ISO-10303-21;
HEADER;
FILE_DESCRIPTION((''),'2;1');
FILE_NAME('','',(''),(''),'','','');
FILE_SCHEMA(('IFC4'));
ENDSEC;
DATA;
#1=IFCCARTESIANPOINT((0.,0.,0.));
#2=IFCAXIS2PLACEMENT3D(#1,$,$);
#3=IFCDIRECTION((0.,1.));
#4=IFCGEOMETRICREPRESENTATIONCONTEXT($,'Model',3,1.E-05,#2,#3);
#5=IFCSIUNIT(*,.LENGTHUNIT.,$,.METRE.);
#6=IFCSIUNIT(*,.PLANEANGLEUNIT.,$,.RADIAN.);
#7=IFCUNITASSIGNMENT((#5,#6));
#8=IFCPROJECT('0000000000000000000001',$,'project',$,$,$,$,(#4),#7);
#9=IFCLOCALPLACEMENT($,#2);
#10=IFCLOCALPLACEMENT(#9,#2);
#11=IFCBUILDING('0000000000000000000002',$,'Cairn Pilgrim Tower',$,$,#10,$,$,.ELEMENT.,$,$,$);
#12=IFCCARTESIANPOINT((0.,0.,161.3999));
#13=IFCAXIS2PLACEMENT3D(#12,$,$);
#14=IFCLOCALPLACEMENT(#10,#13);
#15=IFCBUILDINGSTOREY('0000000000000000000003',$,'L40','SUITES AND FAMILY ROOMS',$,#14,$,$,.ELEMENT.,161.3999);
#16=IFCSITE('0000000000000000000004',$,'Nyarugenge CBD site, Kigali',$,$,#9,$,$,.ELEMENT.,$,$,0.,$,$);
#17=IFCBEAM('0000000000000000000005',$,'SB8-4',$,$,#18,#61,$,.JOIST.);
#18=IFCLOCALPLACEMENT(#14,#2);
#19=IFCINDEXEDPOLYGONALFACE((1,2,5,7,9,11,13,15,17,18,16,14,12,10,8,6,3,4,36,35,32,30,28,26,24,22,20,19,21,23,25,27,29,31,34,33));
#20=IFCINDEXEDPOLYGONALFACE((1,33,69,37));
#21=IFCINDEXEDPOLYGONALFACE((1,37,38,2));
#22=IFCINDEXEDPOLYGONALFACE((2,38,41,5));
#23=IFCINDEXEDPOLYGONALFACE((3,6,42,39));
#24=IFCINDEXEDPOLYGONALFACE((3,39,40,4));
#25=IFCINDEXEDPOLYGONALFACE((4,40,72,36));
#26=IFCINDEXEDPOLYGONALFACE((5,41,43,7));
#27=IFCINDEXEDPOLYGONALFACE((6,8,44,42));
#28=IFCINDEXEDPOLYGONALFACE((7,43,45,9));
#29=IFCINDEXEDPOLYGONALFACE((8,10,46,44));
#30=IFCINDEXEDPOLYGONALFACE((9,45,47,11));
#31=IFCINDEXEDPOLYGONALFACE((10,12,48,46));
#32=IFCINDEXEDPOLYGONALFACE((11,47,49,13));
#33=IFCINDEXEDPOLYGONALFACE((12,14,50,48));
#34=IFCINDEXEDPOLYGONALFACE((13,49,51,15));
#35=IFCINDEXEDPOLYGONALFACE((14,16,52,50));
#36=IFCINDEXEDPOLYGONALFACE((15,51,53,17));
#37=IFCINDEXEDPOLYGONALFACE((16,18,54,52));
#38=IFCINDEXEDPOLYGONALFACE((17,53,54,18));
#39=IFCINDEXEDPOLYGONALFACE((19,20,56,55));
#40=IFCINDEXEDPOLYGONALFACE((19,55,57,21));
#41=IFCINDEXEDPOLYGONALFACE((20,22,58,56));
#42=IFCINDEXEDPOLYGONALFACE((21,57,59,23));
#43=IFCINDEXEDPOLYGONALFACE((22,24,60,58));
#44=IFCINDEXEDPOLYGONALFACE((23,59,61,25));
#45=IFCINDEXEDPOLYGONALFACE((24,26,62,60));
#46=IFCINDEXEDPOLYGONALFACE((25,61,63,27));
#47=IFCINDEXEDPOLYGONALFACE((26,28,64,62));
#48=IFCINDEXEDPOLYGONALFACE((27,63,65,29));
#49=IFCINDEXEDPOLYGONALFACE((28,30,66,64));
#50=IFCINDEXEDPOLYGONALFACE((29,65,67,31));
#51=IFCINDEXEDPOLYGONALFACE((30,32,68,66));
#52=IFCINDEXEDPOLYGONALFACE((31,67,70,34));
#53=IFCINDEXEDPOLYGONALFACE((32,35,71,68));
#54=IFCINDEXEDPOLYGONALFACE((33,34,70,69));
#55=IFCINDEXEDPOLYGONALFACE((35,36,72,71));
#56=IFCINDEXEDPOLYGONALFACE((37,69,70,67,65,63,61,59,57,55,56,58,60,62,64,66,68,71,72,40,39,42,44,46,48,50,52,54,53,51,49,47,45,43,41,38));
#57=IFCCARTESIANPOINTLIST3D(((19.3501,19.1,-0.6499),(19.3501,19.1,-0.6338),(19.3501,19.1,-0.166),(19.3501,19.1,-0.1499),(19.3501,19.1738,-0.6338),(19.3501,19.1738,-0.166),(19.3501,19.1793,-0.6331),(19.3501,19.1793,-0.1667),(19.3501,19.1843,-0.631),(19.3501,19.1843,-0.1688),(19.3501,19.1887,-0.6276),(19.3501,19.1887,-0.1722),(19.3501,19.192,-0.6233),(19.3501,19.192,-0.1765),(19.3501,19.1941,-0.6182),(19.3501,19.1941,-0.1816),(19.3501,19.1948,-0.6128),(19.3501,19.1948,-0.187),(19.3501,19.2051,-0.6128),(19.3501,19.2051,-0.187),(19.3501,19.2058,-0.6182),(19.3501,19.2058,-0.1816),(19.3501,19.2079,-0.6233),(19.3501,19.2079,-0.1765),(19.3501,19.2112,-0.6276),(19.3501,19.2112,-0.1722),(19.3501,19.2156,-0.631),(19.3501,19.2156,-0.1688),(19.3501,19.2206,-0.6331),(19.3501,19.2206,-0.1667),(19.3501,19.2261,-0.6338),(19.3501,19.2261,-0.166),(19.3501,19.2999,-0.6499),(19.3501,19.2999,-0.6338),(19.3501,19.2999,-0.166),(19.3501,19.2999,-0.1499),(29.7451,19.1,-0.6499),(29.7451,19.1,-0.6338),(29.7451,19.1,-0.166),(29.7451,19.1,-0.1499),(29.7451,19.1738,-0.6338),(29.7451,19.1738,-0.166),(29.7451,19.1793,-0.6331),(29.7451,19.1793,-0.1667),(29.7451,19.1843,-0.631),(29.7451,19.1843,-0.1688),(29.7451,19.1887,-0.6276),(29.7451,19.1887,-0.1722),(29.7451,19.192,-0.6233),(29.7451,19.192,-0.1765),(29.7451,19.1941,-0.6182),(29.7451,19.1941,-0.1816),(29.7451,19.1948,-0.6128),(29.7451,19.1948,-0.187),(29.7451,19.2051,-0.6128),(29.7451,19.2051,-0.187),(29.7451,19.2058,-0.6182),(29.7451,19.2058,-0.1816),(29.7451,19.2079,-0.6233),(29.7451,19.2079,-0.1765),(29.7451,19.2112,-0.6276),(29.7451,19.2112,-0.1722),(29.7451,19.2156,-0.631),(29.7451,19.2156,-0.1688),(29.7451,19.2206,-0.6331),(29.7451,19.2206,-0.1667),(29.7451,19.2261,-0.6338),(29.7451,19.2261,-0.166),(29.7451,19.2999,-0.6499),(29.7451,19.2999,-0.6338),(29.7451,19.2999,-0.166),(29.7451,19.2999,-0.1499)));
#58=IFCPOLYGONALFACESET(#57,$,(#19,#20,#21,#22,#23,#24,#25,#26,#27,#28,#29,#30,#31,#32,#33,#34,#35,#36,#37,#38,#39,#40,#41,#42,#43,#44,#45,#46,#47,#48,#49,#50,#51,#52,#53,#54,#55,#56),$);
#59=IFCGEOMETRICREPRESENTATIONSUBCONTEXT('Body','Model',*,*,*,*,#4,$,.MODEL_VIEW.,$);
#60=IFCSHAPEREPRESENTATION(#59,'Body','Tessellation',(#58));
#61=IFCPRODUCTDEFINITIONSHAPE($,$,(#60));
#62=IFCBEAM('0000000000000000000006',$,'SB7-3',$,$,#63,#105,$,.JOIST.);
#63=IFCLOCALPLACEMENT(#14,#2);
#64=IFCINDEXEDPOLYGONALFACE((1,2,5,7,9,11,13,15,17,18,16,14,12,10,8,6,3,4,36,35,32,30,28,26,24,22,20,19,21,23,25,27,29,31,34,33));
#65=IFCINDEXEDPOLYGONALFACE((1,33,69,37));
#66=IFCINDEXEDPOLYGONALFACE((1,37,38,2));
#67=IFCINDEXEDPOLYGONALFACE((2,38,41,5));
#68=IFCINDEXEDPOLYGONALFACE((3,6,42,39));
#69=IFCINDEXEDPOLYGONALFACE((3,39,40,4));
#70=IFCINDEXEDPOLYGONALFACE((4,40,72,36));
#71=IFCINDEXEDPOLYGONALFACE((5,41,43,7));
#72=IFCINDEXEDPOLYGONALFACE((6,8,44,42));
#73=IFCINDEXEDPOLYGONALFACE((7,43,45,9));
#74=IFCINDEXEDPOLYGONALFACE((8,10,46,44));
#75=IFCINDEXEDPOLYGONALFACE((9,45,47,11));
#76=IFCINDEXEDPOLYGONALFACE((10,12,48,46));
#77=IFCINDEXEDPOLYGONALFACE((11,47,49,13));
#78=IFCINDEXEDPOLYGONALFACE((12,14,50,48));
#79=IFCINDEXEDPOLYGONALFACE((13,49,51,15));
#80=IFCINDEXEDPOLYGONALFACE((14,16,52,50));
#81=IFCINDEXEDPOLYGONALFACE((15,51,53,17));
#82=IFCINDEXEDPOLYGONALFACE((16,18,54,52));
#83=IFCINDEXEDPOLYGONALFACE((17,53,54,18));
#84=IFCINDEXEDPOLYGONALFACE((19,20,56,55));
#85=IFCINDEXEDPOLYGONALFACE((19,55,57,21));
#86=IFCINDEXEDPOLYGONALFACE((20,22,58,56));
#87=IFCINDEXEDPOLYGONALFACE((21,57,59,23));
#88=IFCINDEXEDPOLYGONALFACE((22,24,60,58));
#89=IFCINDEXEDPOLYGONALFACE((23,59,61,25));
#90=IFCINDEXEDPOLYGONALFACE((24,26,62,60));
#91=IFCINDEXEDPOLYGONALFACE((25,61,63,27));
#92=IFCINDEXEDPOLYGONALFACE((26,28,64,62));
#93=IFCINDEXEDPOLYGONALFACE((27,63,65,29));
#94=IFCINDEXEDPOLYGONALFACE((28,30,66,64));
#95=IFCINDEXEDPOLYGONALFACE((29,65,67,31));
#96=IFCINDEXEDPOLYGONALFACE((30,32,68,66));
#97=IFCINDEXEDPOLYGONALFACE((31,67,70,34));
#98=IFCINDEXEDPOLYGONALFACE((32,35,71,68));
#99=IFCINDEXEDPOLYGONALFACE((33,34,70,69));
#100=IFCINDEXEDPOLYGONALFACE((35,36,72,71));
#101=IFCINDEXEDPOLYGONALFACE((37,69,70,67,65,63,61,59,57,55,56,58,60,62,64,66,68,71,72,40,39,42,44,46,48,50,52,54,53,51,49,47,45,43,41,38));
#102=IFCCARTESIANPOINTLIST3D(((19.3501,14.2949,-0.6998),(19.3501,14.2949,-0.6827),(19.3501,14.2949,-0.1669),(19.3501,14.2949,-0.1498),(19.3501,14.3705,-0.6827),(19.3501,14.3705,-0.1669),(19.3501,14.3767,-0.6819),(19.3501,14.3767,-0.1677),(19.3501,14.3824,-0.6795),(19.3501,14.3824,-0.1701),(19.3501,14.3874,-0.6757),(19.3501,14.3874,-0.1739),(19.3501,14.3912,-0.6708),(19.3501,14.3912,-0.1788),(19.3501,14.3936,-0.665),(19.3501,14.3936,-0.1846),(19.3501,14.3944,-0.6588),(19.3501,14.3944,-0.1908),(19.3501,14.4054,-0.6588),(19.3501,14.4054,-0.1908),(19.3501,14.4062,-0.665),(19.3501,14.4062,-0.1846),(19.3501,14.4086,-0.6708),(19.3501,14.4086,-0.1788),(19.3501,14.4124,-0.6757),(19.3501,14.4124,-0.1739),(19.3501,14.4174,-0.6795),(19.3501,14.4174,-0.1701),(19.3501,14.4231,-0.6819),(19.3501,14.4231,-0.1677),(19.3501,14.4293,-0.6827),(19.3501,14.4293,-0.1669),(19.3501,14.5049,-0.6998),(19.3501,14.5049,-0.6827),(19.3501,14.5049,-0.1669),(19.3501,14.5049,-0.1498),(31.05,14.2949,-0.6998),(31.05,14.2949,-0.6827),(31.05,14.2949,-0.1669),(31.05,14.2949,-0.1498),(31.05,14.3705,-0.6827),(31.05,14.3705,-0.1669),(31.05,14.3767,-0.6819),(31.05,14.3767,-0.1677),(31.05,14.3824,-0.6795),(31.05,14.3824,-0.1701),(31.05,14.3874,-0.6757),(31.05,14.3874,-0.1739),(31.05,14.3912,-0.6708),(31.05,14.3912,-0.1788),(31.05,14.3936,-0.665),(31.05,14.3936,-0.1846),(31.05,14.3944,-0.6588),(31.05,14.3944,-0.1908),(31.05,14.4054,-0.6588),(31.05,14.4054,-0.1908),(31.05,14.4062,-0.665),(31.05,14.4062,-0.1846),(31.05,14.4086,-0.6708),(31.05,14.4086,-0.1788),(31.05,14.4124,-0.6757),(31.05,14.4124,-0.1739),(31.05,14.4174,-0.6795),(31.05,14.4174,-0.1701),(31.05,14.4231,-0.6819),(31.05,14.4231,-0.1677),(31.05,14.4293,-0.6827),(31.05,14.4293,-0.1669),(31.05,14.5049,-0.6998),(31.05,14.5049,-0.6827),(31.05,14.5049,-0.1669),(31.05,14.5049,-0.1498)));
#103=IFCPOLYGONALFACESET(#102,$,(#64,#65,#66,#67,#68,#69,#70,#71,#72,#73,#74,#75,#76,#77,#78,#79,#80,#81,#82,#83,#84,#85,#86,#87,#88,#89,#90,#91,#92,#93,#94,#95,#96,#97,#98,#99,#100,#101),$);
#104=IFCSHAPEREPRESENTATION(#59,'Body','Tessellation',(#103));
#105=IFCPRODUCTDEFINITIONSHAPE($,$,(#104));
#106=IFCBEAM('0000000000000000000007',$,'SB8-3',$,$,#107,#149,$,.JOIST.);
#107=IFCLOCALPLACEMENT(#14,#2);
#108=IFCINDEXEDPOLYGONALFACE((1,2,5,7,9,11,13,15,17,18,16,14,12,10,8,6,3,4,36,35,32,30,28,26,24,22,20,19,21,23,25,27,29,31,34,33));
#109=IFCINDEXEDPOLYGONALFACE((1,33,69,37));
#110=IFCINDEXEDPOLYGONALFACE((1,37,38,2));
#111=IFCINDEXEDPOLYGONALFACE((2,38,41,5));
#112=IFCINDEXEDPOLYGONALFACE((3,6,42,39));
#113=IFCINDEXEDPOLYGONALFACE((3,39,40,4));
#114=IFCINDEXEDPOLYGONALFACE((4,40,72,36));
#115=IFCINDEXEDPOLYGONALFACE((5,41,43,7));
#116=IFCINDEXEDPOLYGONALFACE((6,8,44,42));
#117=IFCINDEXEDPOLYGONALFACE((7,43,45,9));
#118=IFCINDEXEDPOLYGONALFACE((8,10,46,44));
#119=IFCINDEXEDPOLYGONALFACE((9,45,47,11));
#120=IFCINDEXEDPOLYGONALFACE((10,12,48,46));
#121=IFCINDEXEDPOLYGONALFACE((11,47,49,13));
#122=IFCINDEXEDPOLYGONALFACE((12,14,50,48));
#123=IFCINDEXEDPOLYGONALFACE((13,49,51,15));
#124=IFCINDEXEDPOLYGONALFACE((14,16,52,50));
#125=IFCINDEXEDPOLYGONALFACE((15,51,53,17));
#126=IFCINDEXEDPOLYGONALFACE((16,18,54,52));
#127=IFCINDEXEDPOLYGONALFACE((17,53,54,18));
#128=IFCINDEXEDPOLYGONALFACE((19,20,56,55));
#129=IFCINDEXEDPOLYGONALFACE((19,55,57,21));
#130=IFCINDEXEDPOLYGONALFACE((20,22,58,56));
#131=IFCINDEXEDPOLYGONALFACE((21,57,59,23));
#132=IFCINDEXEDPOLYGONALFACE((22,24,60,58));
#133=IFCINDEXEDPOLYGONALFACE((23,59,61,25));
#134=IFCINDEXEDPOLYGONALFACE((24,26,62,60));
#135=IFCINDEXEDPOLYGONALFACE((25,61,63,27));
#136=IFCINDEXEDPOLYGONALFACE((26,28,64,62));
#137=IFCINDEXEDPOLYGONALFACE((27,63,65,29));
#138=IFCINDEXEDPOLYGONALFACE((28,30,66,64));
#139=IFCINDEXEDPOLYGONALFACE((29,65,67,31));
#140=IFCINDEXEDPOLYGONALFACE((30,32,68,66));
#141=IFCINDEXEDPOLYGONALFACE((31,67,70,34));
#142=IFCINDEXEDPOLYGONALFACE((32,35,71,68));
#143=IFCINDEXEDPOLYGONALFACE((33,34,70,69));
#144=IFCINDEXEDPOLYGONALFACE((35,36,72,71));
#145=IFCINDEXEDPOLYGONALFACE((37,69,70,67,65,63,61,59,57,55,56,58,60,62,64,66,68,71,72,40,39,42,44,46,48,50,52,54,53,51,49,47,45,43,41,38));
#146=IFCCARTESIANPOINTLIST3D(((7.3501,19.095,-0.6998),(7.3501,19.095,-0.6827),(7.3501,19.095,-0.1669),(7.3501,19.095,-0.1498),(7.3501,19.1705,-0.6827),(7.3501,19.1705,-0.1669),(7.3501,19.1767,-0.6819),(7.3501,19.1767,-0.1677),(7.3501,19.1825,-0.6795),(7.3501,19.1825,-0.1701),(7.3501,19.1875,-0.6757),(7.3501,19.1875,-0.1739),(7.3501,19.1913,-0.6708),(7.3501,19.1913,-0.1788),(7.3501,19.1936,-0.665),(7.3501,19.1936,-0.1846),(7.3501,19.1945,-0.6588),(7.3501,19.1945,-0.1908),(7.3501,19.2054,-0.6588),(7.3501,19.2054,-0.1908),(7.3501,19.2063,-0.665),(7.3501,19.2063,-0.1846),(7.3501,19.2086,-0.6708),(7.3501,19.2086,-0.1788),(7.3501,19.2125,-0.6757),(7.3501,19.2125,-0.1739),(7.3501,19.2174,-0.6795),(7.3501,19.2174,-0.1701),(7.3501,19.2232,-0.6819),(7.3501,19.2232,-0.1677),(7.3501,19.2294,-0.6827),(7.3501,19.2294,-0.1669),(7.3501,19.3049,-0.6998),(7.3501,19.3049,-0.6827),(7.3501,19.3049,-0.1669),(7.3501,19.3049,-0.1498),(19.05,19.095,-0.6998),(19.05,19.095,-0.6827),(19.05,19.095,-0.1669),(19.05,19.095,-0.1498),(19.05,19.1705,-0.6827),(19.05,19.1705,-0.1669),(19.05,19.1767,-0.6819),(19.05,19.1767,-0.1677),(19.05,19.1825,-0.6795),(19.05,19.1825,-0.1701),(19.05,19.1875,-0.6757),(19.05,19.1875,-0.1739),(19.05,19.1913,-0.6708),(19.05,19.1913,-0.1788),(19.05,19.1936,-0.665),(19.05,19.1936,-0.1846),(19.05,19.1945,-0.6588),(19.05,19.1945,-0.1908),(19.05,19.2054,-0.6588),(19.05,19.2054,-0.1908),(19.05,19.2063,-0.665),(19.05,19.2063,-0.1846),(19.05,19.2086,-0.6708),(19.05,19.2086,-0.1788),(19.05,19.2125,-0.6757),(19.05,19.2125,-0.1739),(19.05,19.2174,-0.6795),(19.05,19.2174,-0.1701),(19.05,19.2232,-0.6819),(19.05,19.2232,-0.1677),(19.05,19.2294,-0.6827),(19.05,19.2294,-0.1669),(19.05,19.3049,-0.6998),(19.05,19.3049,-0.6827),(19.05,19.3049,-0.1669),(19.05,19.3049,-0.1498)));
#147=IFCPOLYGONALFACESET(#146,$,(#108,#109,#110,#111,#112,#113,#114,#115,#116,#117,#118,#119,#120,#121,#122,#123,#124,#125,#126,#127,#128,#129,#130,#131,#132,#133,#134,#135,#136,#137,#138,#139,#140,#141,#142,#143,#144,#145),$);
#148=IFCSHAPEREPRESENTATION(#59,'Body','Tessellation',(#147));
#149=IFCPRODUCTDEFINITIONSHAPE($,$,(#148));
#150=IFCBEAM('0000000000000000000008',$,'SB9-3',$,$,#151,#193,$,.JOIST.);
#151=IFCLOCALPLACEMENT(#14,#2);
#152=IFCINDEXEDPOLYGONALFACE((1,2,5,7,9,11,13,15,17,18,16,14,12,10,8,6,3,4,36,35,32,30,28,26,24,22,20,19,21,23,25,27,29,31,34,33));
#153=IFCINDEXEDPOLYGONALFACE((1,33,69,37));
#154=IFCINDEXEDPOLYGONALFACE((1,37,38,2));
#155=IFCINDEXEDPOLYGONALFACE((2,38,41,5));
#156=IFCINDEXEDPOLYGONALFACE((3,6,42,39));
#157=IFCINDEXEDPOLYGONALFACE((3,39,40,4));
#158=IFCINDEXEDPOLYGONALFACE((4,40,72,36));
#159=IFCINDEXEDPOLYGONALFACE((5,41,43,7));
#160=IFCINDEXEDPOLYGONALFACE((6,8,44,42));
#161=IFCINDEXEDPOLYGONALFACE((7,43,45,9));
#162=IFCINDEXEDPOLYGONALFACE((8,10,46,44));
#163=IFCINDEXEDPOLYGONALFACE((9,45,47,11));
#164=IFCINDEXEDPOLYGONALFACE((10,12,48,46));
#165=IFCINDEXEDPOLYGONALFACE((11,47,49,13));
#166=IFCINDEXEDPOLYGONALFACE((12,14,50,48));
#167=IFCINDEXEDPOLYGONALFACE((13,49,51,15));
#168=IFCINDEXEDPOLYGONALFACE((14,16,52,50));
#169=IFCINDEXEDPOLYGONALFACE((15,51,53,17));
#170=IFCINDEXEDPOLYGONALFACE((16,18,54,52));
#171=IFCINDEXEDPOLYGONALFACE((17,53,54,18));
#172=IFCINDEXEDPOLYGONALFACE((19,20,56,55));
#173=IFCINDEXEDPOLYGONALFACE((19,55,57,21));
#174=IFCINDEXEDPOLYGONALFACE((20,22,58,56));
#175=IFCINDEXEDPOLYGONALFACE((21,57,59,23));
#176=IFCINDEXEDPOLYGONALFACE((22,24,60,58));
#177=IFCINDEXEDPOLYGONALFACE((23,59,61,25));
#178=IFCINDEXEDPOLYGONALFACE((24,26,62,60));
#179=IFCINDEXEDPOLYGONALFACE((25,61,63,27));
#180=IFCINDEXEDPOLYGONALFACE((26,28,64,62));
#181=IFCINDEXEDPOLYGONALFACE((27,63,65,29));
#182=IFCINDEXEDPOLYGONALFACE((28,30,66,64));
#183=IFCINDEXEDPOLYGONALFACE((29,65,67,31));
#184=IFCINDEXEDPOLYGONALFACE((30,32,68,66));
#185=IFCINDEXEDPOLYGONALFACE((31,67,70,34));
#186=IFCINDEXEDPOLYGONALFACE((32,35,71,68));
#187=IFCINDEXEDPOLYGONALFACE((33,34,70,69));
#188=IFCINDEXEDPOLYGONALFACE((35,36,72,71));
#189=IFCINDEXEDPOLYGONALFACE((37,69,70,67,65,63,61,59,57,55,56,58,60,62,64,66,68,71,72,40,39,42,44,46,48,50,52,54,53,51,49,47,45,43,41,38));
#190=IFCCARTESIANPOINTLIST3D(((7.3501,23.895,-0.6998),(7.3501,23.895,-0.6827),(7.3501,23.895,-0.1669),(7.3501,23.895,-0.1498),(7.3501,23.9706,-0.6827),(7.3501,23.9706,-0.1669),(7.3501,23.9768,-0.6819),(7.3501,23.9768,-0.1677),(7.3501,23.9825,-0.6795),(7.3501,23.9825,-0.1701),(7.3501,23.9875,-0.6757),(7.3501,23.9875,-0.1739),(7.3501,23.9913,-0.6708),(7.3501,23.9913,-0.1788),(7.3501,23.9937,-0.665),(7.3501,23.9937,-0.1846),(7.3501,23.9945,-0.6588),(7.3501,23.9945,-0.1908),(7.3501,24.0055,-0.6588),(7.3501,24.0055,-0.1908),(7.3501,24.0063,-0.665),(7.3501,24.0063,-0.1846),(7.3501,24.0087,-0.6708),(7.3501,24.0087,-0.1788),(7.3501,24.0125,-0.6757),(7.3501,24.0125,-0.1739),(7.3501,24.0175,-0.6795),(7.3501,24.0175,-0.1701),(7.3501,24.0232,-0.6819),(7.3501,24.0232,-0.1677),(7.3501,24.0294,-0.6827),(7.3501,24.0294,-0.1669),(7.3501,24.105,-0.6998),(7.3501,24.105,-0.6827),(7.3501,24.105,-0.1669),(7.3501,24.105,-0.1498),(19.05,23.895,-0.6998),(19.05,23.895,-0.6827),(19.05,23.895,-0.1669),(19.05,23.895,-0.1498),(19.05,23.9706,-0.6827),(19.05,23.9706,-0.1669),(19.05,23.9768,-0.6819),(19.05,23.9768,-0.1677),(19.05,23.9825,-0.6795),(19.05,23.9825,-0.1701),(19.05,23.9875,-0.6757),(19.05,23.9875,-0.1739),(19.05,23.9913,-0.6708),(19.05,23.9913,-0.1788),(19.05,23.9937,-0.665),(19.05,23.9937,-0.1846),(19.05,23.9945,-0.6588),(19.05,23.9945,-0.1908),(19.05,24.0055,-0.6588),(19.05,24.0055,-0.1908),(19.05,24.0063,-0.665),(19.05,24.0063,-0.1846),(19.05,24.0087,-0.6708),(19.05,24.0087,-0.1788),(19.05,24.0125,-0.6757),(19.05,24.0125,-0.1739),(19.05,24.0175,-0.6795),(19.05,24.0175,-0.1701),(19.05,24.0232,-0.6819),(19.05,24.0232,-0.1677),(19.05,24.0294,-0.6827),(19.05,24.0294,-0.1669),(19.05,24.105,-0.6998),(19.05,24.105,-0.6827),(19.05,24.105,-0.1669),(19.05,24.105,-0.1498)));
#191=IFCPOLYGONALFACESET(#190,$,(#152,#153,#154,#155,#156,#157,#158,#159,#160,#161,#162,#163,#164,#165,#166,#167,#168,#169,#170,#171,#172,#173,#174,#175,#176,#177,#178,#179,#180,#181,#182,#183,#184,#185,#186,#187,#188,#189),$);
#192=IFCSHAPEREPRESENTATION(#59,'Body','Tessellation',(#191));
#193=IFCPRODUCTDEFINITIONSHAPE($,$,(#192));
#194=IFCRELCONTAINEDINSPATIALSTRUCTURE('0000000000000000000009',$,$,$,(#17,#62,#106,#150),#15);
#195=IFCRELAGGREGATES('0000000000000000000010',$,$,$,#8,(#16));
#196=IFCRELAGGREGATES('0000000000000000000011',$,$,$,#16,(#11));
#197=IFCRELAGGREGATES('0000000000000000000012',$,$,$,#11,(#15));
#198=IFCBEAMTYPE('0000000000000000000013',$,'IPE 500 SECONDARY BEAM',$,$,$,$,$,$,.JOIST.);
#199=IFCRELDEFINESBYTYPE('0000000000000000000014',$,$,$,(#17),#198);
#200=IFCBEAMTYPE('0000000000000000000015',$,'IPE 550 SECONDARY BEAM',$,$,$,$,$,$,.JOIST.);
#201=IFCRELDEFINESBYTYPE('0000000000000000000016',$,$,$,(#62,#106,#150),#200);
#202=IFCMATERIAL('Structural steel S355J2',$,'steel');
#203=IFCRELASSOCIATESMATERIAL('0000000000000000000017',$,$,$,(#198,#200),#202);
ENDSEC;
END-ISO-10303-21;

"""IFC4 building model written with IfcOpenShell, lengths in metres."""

from ifc_helpers import new_model, si_unit, direction, frame, origin, origin_2d, place, context, subcontext, project, spatial, i_section, extrude, material, material_profile, profile_set, type_object, element, save


model = new_model("IFC4")

# Units and contexts
model_context = context("Model", 3, precision=1e-05, world=origin(), true_north=direction((0.0, 1.0)))
body_context = subcontext(model_context, "Body", "Model", "MODEL_VIEW")
ifc_project = project(units=[si_unit("LENGTHUNIT", "METRE"), si_unit("PLANEANGLEUNIT", "RADIAN")], contexts=[model_context])

# Site, building, storey
site_placement = place(None, origin())
site = spatial("IfcSite", under=ifc_project, at=site_placement, Name="Nyarugenge CBD site, Kigali", CompositionType="ELEMENT", RefElevation=0.0)
building_placement = place(site_placement, origin())
building = spatial("IfcBuilding", under=site, at=building_placement, Name="Cairn Pilgrim Tower", CompositionType="ELEMENT")
storey_placement = place(building_placement, frame((0.0, 0.0, 161.3999)))
storey = spatial("IfcBuildingStorey", under=building, at=storey_placement, Name="L40", Description="SUITES AND FAMILY ROOMS", CompositionType="ELEMENT", Elevation=161.3999)

# Shared definitions
ifc_material_1 = material(Name="Structural steel S355J2", Category="steel")

# Beams
ifc_material_profile_1 = material_profile(ifc_material_1, i_section(OverallWidth=0.2, OverallDepth=0.5, WebThickness=0.0103, FlangeThickness=0.0161, FilletRadius=0.021, at=origin_2d()), Name="IPE 500")
ifc_profile_set_1 = profile_set([ifc_material_profile_1], Name="Structural steel S355J2")
beam_type_1 = type_object("IfcBeamType", Name="IPE 500 SECONDARY BEAM", PredefinedType="JOIST", material=ifc_profile_set_1)
beam_1_placement = place(storey_placement, frame((19.3501, 19.2, -0.3999), z_axis=(1.0, 0.0, 0.0), x_axis=(0.0, 1.0, 0.0)))
element("IfcBeam", 1, at=beam_1_placement, inside=storey, type_object=beam_type_1, Name="SB8-4", PredefinedType="JOIST", context=body_context, shape_type="SweptSolid", body=[
    extrude(i_section(OverallWidth=0.2, OverallDepth=0.5, WebThickness=0.0103, FlangeThickness=0.0161, FilletRadius=0.021, at=origin_2d()), origin(), (0.0, 0.0, 1.0), 10.395),
])
ifc_material_profile_2 = material_profile(ifc_material_1, i_section(OverallWidth=0.21, OverallDepth=0.55, WebThickness=0.011, FlangeThickness=0.0171, FilletRadius=0.0239, at=origin_2d()), Name="IPE 550")
ifc_profile_set_2 = profile_set([ifc_material_profile_2], Name="Structural steel S355J2")
beam_type_2 = type_object("IfcBeamType", Name="IPE 550 SECONDARY BEAM", PredefinedType="JOIST", material=ifc_profile_set_2)
for number, where, z_axis, x_axis, name in (
    (2, (19.3501, 14.3999, -0.4248), (1.0, 0.0, 0.0), (0.0, 1.0, 0.0), "SB7-3"),
    (3, (7.3501, 19.2, -0.4248), (1.0, 0.0, 0.0), (0.0, 1.0, 0.0), "SB8-3"),
    (4, (7.3501, 24.0, -0.4248), (1.0, 0.0, 0.0), (0.0, 1.0, 0.0), "SB9-3"),
):
    element("IfcBeam", number, at=place(storey_placement, frame(where, z_axis=z_axis, x_axis=x_axis)), inside=storey, type_object=beam_type_2, Name=name, PredefinedType="JOIST", context=body_context, shape_type="SweptSolid", body=[
        extrude(i_section(OverallWidth=0.21, OverallDepth=0.55, WebThickness=0.011, FlangeThickness=0.0171, FilletRadius=0.0239, at=origin_2d()), origin(), (0.0, 0.0, 1.0), 11.7),
    ])

save(model, "model.ifc")
